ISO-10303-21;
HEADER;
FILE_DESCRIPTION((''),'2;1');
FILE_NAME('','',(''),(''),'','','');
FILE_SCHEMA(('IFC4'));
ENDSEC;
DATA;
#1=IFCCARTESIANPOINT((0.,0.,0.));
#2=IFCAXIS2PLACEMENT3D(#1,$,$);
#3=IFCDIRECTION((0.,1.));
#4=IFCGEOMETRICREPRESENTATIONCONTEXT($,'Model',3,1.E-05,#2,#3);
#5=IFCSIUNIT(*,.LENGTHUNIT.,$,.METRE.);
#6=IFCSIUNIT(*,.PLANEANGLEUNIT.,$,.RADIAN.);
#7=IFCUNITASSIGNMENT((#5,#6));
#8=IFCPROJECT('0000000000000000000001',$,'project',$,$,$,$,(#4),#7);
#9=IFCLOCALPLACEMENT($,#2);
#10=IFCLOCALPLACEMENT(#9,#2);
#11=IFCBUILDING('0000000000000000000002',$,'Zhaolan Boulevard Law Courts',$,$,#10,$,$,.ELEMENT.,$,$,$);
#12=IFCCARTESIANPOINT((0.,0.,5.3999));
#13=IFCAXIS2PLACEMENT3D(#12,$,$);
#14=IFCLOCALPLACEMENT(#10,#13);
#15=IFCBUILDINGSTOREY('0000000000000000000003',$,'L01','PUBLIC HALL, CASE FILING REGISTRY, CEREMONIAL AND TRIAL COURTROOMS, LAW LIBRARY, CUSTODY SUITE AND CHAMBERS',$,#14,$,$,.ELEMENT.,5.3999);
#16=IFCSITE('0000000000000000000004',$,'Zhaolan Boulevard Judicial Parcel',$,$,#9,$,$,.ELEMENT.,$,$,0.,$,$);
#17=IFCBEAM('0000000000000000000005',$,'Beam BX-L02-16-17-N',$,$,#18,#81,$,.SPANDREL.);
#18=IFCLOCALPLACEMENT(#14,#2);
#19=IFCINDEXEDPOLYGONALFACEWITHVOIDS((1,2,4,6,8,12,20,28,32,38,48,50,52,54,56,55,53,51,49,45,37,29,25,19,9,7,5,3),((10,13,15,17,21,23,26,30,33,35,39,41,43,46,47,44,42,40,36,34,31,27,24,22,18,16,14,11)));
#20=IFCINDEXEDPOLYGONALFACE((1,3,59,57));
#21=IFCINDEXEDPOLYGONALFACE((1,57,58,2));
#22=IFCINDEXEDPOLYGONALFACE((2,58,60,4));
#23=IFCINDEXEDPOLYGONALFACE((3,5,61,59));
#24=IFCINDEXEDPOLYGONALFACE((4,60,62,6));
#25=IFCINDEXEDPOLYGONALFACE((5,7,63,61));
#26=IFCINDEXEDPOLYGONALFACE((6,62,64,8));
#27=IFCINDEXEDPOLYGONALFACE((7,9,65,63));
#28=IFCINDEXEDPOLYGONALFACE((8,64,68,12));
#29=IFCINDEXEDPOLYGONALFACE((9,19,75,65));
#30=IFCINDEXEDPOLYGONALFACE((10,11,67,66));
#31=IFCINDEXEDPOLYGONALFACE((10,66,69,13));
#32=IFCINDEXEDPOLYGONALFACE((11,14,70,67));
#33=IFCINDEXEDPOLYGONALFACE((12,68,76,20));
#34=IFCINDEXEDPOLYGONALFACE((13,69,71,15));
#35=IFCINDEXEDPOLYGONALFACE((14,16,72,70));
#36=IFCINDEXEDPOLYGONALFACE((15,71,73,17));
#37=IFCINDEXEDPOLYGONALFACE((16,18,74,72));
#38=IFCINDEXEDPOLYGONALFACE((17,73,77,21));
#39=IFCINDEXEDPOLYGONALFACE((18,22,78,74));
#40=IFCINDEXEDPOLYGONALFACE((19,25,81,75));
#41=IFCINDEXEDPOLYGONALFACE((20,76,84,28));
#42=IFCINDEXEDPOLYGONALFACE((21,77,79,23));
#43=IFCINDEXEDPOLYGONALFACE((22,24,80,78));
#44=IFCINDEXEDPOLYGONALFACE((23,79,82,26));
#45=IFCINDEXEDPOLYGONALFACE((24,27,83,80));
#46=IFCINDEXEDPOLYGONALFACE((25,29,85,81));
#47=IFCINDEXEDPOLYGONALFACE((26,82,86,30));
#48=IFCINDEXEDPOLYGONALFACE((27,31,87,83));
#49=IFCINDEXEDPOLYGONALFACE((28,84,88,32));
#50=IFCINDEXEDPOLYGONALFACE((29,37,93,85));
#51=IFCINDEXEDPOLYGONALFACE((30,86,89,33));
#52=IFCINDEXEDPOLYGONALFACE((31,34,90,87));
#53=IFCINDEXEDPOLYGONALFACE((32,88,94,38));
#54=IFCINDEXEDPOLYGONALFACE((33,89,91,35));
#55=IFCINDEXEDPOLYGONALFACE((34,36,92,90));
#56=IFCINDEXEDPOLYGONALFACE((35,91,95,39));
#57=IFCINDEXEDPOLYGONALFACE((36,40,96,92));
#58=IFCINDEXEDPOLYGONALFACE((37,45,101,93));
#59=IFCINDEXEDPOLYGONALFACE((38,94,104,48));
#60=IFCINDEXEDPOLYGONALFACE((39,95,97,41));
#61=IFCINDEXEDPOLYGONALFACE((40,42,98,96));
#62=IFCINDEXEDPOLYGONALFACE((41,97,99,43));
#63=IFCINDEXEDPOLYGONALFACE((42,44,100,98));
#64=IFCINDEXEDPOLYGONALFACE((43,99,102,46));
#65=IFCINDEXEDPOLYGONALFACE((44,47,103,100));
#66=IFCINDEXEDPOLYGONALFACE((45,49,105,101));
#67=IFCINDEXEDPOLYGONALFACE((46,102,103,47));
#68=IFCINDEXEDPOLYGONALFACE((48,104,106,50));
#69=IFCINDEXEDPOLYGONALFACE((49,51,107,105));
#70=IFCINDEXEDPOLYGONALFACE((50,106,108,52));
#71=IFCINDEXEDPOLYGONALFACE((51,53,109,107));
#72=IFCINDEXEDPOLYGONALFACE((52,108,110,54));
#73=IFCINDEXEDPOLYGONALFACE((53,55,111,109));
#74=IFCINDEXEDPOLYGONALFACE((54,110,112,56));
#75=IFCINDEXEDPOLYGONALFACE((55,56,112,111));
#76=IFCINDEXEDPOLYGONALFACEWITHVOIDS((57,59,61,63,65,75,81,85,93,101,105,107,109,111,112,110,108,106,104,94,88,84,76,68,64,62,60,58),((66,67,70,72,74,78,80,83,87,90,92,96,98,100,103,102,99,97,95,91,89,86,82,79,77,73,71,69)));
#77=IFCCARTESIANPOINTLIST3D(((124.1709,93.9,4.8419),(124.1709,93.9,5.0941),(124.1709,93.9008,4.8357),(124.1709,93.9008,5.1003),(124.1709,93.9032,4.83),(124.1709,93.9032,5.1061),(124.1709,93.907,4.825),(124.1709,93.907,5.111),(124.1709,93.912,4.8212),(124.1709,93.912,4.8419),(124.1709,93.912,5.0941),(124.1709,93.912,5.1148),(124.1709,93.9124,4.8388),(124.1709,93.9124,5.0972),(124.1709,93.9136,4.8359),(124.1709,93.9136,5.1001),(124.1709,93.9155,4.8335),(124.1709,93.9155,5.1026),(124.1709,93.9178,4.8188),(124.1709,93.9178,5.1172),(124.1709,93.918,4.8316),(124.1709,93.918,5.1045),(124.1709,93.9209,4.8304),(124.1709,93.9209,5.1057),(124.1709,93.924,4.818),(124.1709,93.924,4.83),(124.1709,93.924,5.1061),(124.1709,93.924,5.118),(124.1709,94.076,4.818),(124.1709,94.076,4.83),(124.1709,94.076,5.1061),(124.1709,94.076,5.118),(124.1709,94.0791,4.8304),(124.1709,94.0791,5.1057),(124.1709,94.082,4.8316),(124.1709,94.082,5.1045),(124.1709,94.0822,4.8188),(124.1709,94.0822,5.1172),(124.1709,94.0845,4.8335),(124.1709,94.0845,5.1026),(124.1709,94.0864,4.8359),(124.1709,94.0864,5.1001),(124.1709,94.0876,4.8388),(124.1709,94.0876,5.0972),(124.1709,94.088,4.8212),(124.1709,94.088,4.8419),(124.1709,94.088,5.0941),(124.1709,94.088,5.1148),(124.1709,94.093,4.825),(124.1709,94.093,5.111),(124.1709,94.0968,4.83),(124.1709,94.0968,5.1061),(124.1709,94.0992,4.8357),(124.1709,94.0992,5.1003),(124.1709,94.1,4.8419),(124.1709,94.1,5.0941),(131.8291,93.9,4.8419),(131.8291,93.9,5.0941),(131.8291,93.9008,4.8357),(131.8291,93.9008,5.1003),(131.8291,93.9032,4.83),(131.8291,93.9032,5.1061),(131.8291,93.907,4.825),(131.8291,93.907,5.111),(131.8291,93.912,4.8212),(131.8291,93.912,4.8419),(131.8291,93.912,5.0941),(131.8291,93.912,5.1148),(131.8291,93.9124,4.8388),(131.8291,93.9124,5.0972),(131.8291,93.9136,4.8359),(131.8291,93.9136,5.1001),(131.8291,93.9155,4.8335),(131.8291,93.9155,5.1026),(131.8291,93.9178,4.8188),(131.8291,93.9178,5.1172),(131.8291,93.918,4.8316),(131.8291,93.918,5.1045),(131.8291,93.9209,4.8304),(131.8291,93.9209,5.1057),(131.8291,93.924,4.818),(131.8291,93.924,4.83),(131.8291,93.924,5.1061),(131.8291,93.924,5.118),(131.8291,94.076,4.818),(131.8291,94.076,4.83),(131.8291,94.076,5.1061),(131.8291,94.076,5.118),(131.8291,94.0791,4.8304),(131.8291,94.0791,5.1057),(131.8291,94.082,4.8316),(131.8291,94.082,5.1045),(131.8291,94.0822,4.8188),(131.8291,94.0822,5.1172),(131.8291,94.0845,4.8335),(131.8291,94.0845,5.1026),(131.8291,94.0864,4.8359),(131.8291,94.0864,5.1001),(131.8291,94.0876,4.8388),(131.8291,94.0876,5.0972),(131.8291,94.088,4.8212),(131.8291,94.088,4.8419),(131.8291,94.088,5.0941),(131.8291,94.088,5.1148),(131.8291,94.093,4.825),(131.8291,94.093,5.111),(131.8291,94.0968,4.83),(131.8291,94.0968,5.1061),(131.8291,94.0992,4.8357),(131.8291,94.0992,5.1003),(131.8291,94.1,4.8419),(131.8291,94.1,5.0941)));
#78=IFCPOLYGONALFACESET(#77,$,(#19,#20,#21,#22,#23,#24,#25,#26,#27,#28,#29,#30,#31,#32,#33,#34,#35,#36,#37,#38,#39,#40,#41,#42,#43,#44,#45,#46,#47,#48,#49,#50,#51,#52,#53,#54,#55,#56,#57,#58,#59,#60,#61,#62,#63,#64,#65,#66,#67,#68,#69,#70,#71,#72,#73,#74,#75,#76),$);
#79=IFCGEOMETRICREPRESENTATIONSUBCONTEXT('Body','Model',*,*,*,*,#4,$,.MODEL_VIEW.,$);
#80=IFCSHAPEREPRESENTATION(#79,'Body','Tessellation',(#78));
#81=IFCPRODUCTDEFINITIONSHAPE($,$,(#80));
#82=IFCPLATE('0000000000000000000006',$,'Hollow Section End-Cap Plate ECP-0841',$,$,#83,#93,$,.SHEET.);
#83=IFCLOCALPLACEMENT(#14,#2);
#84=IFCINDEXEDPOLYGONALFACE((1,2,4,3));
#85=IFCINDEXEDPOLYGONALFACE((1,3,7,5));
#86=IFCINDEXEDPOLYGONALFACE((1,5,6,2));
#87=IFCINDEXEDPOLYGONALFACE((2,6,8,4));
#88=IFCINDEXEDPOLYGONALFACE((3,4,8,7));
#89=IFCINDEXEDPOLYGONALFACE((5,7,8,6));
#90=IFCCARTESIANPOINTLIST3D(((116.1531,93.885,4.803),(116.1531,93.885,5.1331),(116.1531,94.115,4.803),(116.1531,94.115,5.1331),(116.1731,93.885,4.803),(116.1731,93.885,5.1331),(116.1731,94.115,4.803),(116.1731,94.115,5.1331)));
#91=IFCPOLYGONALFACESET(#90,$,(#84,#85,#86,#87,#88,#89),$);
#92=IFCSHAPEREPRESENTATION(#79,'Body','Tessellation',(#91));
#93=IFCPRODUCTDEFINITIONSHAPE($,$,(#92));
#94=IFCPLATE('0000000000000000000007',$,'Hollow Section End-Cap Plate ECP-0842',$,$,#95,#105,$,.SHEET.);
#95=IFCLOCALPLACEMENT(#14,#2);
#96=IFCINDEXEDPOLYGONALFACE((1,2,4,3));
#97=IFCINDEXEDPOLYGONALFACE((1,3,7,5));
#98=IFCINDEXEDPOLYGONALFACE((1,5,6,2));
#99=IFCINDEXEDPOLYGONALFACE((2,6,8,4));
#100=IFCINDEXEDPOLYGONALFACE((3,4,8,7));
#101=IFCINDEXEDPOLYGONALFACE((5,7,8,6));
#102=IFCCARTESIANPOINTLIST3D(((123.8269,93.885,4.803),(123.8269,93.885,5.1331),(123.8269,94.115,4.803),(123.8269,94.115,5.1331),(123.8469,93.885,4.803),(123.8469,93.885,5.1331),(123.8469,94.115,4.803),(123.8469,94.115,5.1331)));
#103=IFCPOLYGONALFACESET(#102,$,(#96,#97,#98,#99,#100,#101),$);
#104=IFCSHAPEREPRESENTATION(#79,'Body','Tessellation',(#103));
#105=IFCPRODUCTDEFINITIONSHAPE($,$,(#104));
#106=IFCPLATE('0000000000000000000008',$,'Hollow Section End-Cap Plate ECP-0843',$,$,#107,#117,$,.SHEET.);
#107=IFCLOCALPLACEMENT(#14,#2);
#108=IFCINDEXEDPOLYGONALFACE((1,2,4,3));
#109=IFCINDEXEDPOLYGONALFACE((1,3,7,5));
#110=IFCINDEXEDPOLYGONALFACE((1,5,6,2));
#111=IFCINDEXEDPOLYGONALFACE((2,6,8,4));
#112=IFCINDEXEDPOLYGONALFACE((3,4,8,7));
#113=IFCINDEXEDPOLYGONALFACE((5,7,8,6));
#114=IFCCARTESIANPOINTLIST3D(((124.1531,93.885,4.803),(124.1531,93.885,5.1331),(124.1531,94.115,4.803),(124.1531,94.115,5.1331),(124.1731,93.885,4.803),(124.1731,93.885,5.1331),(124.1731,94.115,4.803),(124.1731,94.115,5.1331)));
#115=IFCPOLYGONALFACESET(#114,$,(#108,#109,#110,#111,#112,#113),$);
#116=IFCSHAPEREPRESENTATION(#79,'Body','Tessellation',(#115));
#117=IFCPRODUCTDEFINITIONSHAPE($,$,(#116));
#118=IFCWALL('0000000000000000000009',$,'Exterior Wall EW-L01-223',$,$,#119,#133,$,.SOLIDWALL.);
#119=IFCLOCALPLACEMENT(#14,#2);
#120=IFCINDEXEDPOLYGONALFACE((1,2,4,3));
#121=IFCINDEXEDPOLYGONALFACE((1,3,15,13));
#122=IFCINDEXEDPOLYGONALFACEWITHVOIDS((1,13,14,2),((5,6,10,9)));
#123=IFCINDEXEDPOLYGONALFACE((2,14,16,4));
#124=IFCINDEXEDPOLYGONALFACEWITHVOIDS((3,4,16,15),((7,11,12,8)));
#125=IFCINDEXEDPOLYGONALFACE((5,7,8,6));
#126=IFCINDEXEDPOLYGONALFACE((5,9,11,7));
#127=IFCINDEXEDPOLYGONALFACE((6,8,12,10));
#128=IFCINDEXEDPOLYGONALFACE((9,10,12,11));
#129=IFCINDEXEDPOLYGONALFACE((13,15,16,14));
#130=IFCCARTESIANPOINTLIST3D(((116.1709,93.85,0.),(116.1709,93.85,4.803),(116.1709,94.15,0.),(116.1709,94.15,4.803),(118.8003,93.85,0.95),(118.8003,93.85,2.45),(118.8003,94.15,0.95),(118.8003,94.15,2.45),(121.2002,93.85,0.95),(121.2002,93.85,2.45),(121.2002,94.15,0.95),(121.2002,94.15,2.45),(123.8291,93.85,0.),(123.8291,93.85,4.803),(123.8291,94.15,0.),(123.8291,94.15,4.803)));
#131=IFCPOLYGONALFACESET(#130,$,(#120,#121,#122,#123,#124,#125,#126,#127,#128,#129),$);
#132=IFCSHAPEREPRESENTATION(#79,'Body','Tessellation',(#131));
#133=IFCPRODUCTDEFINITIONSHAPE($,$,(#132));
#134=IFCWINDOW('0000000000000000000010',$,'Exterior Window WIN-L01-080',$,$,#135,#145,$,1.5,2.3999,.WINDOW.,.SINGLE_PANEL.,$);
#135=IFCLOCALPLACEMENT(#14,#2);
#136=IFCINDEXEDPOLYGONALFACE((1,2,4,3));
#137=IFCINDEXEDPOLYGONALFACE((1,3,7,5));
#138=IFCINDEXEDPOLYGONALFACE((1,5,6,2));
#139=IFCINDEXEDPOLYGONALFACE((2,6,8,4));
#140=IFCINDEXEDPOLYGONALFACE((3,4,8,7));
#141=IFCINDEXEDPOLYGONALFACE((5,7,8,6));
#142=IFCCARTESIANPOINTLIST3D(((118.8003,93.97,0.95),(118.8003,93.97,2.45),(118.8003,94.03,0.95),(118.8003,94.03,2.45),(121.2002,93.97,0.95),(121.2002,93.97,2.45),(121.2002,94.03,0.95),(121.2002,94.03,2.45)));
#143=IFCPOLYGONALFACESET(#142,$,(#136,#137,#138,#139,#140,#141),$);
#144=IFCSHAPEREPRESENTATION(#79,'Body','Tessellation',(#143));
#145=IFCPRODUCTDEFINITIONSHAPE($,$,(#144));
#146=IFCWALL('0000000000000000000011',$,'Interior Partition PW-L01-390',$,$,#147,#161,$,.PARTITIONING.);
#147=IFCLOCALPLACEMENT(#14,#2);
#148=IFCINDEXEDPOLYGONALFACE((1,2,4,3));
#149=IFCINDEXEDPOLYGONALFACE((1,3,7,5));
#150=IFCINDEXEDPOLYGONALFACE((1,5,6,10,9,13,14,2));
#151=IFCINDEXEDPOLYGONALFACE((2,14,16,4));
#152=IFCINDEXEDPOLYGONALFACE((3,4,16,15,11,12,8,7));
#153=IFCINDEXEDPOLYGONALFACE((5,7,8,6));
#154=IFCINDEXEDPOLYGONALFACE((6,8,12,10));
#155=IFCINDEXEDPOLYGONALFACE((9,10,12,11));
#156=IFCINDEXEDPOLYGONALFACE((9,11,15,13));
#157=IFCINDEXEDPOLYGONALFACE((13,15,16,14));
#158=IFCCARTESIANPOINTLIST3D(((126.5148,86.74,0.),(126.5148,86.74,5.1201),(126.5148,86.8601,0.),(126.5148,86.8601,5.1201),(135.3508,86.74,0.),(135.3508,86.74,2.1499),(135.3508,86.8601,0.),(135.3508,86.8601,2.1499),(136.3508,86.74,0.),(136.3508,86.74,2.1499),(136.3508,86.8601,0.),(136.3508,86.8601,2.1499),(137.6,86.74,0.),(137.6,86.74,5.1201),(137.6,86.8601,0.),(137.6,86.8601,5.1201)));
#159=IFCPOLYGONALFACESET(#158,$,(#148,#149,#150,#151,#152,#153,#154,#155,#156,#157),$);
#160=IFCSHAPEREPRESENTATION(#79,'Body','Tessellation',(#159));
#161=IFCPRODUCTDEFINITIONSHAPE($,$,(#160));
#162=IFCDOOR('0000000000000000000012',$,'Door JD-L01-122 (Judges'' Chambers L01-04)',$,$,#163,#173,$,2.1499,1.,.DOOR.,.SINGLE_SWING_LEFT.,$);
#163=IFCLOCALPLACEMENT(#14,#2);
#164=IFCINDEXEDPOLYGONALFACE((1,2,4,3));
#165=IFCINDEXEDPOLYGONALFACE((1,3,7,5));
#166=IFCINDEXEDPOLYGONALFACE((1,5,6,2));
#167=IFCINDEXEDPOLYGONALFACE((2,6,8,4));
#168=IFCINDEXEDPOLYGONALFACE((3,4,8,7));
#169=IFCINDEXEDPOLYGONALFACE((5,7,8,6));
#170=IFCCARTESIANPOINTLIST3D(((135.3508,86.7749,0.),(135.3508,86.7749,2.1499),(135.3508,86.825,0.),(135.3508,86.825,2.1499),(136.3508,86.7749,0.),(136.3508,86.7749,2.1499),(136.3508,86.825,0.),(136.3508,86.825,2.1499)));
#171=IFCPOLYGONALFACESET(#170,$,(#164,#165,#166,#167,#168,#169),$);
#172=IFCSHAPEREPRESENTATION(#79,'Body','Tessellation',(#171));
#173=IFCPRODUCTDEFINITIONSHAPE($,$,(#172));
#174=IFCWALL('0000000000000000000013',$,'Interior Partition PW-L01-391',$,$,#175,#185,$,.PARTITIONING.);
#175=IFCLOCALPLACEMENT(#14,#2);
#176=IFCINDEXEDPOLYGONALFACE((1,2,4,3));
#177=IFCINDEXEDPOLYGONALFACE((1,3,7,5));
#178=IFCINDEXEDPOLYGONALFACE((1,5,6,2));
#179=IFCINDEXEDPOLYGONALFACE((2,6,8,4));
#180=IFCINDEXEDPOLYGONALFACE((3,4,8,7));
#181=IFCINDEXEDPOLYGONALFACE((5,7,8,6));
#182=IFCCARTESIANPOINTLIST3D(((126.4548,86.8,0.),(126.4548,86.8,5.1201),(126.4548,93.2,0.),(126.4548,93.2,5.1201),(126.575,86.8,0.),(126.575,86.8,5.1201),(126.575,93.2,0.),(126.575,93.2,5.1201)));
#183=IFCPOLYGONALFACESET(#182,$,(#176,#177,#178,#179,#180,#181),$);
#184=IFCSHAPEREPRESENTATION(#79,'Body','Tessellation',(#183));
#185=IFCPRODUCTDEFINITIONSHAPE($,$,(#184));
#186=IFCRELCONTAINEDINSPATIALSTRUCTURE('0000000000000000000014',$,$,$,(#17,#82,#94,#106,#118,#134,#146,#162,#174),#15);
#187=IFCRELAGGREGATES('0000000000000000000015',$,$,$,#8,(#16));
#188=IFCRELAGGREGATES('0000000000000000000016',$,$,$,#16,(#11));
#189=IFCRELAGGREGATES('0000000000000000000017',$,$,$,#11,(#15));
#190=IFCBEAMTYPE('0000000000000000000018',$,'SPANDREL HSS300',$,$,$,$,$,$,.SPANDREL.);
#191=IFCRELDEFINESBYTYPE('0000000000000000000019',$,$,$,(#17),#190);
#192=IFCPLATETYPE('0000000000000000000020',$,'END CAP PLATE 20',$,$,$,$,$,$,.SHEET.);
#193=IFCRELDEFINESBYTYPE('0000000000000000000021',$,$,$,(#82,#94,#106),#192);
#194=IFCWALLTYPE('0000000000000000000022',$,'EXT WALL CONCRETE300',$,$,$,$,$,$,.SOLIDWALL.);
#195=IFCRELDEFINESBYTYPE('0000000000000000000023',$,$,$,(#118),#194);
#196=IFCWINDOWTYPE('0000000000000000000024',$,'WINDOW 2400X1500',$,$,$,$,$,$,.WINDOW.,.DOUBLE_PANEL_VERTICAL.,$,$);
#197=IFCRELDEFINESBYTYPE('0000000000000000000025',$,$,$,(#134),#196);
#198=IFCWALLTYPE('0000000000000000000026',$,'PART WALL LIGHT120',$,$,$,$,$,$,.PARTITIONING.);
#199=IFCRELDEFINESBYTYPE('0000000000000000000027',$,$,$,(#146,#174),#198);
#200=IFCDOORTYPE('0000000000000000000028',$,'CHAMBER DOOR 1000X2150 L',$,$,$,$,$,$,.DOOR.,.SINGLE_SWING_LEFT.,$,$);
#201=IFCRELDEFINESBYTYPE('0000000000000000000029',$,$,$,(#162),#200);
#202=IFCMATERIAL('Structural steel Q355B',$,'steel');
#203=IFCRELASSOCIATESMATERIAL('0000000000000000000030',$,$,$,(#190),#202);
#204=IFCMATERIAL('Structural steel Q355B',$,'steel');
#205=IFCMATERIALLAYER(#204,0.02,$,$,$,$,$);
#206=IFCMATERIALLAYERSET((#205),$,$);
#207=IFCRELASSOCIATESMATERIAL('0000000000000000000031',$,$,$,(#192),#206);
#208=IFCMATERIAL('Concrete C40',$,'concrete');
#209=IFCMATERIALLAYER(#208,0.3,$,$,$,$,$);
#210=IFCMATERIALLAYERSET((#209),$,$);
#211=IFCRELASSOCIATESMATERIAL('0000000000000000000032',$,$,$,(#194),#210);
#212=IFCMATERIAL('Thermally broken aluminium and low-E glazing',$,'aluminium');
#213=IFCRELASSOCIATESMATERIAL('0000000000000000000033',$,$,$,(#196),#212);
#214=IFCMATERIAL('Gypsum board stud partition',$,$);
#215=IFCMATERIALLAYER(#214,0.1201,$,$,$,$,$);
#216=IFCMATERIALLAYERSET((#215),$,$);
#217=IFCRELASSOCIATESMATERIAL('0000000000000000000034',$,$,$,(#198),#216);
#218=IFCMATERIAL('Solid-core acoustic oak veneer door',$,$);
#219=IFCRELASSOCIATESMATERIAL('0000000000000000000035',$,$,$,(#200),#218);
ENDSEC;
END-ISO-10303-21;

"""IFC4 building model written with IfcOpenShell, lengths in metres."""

from ifc_helpers import new_model, si_unit, direction, frame, frame_2d, origin, origin_2d, place, context, subcontext, project, spatial, rectangle, hollow_rectangle, extrude, material, layer, layer_set, material_profile, profile_set, type_object, element, fill, save


model = new_model("IFC4")

# Units and contexts
model_context = context("Model", 3, precision=1e-05, world=origin(), true_north=direction((0.0, 1.0)))
body_context = subcontext(model_context, "Body", "Model", "MODEL_VIEW")
ifc_project = project(units=[si_unit("LENGTHUNIT", "METRE"), si_unit("PLANEANGLEUNIT", "RADIAN")], contexts=[model_context])

# Site, building, storey
site_placement = place(None, origin())
site = spatial("IfcSite", under=ifc_project, at=site_placement, Name="Zhaolan Boulevard Judicial Parcel", CompositionType="ELEMENT", RefElevation=0.0)
building_placement = place(site_placement, origin())
building = spatial("IfcBuilding", under=site, at=building_placement, Name="Zhaolan Boulevard Law Courts", CompositionType="ELEMENT")
storey_placement = place(building_placement, frame((0.0, 0.0, 5.3999)))
storey = spatial("IfcBuildingStorey", under=building, at=storey_placement, Name="L01", Description="PUBLIC HALL, CASE FILING REGISTRY, CEREMONIAL AND TRIAL COURTROOMS, LAW LIBRARY, CUSTODY SUITE AND CHAMBERS", CompositionType="ELEMENT", Elevation=5.3999)

# Beam
ifc_material_1 = material(Name="Structural steel Q355B", Category="steel")
ifc_material_profile_1 = material_profile(ifc_material_1, hollow_rectangle(XDim=0.2, YDim=0.3, WallThickness=0.012, InnerFilletRadius=0.012, OuterFilletRadius=0.0239, at=origin_2d()), Name="HSS300x200x12")
ifc_profile_set_1 = profile_set([ifc_material_profile_1], Name="Structural steel Q355B")
beam_type_1 = type_object("IfcBeamType", Name="SPANDREL HSS300", PredefinedType="SPANDREL", material=ifc_profile_set_1)
for number, where, z_axis, x_axis, name in (
    (1, (124.1709, 94.0, 4.968), (1.0, 0.0, 0.0), (0.0, 1.0, 0.0), "Beam BX-L02-16-17-N"),
):
    element("IfcBeam", number, at=place(storey_placement, frame(where, z_axis=z_axis, x_axis=x_axis)), inside=storey, type_object=beam_type_1, Name=name, PredefinedType="SPANDREL", context=body_context, shape_type="SweptSolid", body=[
        extrude(hollow_rectangle(XDim=0.2, YDim=0.3, WallThickness=0.012, InnerFilletRadius=0.012, OuterFilletRadius=0.0239, at=origin_2d()), origin(), (0.0, 0.0, 1.0), 7.6582),
    ])

# Plates
ifc_material_2 = material(Name="Structural steel Q355B", Category="steel")
ifc_layer_1 = layer(ifc_material_2, 0.02)
ifc_layer_set_1 = layer_set([ifc_layer_1])
plate_type = type_object("IfcPlateType", Name="END CAP PLATE 20", PredefinedType="SHEET", material=ifc_layer_set_1)
for number, where, z_axis, x_axis, name in (
    (2, (116.1631, 94.0, 4.803), (0.0, 0.0, 1.0), (1.0, 0.0, 0.0), "Hollow Section End-Cap Plate ECP-0841"),
    (3, (123.8369, 94.0, 4.803), (0.0, 0.0, 1.0), (1.0, 0.0, 0.0), "Hollow Section End-Cap Plate ECP-0842"),
    (4, (124.1631, 94.0, 4.803), (0.0, 0.0, 1.0), (1.0, 0.0, 0.0), "Hollow Section End-Cap Plate ECP-0843"),
):
    element("IfcPlate", number, at=place(storey_placement, frame(where, z_axis=z_axis, x_axis=x_axis)), inside=storey, type_object=plate_type, Name=name, PredefinedType="SHEET", context=body_context, shape_type="SweptSolid", body=[
        extrude(rectangle(XDim=0.02, YDim=0.23, at=origin_2d()), origin(), (0.0, 0.0, 1.0), 0.3301),
    ])

# Wall, opening, window
ifc_material_3 = material(Name="Concrete C40", Category="concrete")
ifc_layer_2 = layer(ifc_material_3, 0.3)
ifc_layer_set_2 = layer_set([ifc_layer_2])
wall_type_1 = type_object("IfcWallType", Name="EXT WALL CONCRETE300", PredefinedType="SOLIDWALL", material=ifc_layer_set_2)
wall_1_placement = place(storey_placement, frame((123.8291, 94.0, 0.0), z_axis=(0.0, 0.0, 1.0), x_axis=(-1.0, 0.0, 0.0)))
wall_1 = element("IfcWall", 5, at=wall_1_placement, inside=storey, type_object=wall_type_1, Name="Exterior Wall EW-L01-223", PredefinedType="SOLIDWALL", context=body_context, shape_type="SweptSolid", body=[
    extrude(rectangle(XDim=7.6582, YDim=0.3, at=frame_2d((3.8291, 0.0))), origin(), (0.0, 0.0, 1.0), 4.803),
])
opening_1_placement = place(wall_1_placement, frame((2.6289, 0.0, 0.95)))
opening_1 = element("IfcOpeningElement", 6, at=opening_1_placement, cuts=wall_1, PredefinedType="OPENING", context=body_context, shape_type="SweptSolid", body=[
    extrude(rectangle(XDim=2.3999, YDim=1.5, at=frame_2d((1.2, 0.75))), frame((0.0, 0.1599, 0.0), z_axis=(0.0, -1.0, 0.0), x_axis=(1.0, 0.0, 0.0)), (0.0, 0.0, 1.0), 0.3201),
])
ifc_material_4 = material(Name="Thermally broken aluminium and low-E glazing", Category="aluminium")
window_type = type_object("IfcWindowType", Name="WINDOW 2400X1500", PartitioningType="DOUBLE_PANEL_VERTICAL", PredefinedType="WINDOW", material=ifc_material_4)
window_placement = place(opening_1_placement, origin())
window = element("IfcWindow", 7, at=window_placement, inside=storey, type_object=window_type, Name="Exterior Window WIN-L01-080", OverallHeight=1.5, OverallWidth=2.3999, PartitioningType="SINGLE_PANEL", PredefinedType="WINDOW", context=body_context, shape_type="SweptSolid", body=[
    extrude(rectangle(XDim=2.3999, YDim=1.5, at=frame_2d((1.2, 0.75))), frame((0.0, 0.03, 0.0), z_axis=(0.0, -1.0, 0.0), x_axis=(1.0, 0.0, 0.0)), (0.0, 0.0, 1.0), 0.0601),
])
fill(opening_1, window)

# Wall, opening, door
ifc_material_5 = material(Name="Gypsum board stud partition")
ifc_layer_3 = layer(ifc_material_5, 0.1201)
ifc_layer_set_3 = layer_set([ifc_layer_3])
wall_type_2 = type_object("IfcWallType", Name="PART WALL LIGHT120", PredefinedType="PARTITIONING", material=ifc_layer_set_3)
wall_2_placement = place(storey_placement, frame((126.5149, 86.8, 0.0), z_axis=(0.0, 0.0, 1.0), x_axis=(1.0, 0.0, 0.0)))
wall_2 = element("IfcWall", 8, at=wall_2_placement, inside=storey, type_object=wall_type_2, Name="Interior Partition PW-L01-390", PredefinedType="PARTITIONING", context=body_context, shape_type="SweptSolid", body=[
    extrude(rectangle(XDim=11.0852, YDim=0.1201, at=frame_2d((5.5425, 0.0))), origin(), (0.0, 0.0, 1.0), 5.1201),
])
opening_2_placement = place(wall_2_placement, frame((8.8359, 0.0, 0.0)))
opening_2 = element("IfcOpeningElement", 9, at=opening_2_placement, cuts=wall_2, PredefinedType="OPENING", context=body_context, shape_type="SweptSolid", body=[
    extrude(rectangle(XDim=1.0, YDim=2.1499, at=frame_2d((0.5, 1.075))), frame((0.0, 0.0701, 0.0), z_axis=(0.0, -1.0, 0.0), x_axis=(1.0, 0.0, 0.0)), (0.0, 0.0, 1.0), 0.1401),
])
ifc_material_6 = material(Name="Solid-core acoustic oak veneer door")
door_type = type_object("IfcDoorType", Name="CHAMBER DOOR 1000X2150 L", OperationType="SINGLE_SWING_LEFT", PredefinedType="DOOR", material=ifc_material_6)
door_placement = place(opening_2_placement, origin())
door = element("IfcDoor", 10, at=door_placement, inside=storey, type_object=door_type, Name="Door JD-L01-122 (Judges' Chambers L01-04)", OperationType="SINGLE_SWING_LEFT", OverallHeight=2.1499, OverallWidth=1.0, PredefinedType="DOOR", context=body_context, shape_type="SweptSolid", body=[
    extrude(rectangle(XDim=1.0, YDim=2.1499, at=frame_2d((0.5, 1.075))), frame((0.0, 0.0249, 0.0), z_axis=(0.0, -1.0, 0.0), x_axis=(1.0, 0.0, 0.0)), (0.0, 0.0, 1.0), 0.05),
])
fill(opening_2, door)

# Wall
wall_3_placement = place(storey_placement, frame((126.5149, 93.2, 0.0), z_axis=(0.0, 0.0, 1.0), x_axis=(0.0, -1.0, 0.0)))
element("IfcWall", 11, at=wall_3_placement, inside=storey, type_object=wall_type_2, Name="Interior Partition PW-L01-391", PredefinedType="PARTITIONING", context=body_context, shape_type="SweptSolid", body=[
    extrude(rectangle(XDim=6.3999, YDim=0.1201, at=frame_2d((3.2, 0.0))), origin(), (0.0, 0.0, 1.0), 5.1201),
])

save(model, "model.ifc")
